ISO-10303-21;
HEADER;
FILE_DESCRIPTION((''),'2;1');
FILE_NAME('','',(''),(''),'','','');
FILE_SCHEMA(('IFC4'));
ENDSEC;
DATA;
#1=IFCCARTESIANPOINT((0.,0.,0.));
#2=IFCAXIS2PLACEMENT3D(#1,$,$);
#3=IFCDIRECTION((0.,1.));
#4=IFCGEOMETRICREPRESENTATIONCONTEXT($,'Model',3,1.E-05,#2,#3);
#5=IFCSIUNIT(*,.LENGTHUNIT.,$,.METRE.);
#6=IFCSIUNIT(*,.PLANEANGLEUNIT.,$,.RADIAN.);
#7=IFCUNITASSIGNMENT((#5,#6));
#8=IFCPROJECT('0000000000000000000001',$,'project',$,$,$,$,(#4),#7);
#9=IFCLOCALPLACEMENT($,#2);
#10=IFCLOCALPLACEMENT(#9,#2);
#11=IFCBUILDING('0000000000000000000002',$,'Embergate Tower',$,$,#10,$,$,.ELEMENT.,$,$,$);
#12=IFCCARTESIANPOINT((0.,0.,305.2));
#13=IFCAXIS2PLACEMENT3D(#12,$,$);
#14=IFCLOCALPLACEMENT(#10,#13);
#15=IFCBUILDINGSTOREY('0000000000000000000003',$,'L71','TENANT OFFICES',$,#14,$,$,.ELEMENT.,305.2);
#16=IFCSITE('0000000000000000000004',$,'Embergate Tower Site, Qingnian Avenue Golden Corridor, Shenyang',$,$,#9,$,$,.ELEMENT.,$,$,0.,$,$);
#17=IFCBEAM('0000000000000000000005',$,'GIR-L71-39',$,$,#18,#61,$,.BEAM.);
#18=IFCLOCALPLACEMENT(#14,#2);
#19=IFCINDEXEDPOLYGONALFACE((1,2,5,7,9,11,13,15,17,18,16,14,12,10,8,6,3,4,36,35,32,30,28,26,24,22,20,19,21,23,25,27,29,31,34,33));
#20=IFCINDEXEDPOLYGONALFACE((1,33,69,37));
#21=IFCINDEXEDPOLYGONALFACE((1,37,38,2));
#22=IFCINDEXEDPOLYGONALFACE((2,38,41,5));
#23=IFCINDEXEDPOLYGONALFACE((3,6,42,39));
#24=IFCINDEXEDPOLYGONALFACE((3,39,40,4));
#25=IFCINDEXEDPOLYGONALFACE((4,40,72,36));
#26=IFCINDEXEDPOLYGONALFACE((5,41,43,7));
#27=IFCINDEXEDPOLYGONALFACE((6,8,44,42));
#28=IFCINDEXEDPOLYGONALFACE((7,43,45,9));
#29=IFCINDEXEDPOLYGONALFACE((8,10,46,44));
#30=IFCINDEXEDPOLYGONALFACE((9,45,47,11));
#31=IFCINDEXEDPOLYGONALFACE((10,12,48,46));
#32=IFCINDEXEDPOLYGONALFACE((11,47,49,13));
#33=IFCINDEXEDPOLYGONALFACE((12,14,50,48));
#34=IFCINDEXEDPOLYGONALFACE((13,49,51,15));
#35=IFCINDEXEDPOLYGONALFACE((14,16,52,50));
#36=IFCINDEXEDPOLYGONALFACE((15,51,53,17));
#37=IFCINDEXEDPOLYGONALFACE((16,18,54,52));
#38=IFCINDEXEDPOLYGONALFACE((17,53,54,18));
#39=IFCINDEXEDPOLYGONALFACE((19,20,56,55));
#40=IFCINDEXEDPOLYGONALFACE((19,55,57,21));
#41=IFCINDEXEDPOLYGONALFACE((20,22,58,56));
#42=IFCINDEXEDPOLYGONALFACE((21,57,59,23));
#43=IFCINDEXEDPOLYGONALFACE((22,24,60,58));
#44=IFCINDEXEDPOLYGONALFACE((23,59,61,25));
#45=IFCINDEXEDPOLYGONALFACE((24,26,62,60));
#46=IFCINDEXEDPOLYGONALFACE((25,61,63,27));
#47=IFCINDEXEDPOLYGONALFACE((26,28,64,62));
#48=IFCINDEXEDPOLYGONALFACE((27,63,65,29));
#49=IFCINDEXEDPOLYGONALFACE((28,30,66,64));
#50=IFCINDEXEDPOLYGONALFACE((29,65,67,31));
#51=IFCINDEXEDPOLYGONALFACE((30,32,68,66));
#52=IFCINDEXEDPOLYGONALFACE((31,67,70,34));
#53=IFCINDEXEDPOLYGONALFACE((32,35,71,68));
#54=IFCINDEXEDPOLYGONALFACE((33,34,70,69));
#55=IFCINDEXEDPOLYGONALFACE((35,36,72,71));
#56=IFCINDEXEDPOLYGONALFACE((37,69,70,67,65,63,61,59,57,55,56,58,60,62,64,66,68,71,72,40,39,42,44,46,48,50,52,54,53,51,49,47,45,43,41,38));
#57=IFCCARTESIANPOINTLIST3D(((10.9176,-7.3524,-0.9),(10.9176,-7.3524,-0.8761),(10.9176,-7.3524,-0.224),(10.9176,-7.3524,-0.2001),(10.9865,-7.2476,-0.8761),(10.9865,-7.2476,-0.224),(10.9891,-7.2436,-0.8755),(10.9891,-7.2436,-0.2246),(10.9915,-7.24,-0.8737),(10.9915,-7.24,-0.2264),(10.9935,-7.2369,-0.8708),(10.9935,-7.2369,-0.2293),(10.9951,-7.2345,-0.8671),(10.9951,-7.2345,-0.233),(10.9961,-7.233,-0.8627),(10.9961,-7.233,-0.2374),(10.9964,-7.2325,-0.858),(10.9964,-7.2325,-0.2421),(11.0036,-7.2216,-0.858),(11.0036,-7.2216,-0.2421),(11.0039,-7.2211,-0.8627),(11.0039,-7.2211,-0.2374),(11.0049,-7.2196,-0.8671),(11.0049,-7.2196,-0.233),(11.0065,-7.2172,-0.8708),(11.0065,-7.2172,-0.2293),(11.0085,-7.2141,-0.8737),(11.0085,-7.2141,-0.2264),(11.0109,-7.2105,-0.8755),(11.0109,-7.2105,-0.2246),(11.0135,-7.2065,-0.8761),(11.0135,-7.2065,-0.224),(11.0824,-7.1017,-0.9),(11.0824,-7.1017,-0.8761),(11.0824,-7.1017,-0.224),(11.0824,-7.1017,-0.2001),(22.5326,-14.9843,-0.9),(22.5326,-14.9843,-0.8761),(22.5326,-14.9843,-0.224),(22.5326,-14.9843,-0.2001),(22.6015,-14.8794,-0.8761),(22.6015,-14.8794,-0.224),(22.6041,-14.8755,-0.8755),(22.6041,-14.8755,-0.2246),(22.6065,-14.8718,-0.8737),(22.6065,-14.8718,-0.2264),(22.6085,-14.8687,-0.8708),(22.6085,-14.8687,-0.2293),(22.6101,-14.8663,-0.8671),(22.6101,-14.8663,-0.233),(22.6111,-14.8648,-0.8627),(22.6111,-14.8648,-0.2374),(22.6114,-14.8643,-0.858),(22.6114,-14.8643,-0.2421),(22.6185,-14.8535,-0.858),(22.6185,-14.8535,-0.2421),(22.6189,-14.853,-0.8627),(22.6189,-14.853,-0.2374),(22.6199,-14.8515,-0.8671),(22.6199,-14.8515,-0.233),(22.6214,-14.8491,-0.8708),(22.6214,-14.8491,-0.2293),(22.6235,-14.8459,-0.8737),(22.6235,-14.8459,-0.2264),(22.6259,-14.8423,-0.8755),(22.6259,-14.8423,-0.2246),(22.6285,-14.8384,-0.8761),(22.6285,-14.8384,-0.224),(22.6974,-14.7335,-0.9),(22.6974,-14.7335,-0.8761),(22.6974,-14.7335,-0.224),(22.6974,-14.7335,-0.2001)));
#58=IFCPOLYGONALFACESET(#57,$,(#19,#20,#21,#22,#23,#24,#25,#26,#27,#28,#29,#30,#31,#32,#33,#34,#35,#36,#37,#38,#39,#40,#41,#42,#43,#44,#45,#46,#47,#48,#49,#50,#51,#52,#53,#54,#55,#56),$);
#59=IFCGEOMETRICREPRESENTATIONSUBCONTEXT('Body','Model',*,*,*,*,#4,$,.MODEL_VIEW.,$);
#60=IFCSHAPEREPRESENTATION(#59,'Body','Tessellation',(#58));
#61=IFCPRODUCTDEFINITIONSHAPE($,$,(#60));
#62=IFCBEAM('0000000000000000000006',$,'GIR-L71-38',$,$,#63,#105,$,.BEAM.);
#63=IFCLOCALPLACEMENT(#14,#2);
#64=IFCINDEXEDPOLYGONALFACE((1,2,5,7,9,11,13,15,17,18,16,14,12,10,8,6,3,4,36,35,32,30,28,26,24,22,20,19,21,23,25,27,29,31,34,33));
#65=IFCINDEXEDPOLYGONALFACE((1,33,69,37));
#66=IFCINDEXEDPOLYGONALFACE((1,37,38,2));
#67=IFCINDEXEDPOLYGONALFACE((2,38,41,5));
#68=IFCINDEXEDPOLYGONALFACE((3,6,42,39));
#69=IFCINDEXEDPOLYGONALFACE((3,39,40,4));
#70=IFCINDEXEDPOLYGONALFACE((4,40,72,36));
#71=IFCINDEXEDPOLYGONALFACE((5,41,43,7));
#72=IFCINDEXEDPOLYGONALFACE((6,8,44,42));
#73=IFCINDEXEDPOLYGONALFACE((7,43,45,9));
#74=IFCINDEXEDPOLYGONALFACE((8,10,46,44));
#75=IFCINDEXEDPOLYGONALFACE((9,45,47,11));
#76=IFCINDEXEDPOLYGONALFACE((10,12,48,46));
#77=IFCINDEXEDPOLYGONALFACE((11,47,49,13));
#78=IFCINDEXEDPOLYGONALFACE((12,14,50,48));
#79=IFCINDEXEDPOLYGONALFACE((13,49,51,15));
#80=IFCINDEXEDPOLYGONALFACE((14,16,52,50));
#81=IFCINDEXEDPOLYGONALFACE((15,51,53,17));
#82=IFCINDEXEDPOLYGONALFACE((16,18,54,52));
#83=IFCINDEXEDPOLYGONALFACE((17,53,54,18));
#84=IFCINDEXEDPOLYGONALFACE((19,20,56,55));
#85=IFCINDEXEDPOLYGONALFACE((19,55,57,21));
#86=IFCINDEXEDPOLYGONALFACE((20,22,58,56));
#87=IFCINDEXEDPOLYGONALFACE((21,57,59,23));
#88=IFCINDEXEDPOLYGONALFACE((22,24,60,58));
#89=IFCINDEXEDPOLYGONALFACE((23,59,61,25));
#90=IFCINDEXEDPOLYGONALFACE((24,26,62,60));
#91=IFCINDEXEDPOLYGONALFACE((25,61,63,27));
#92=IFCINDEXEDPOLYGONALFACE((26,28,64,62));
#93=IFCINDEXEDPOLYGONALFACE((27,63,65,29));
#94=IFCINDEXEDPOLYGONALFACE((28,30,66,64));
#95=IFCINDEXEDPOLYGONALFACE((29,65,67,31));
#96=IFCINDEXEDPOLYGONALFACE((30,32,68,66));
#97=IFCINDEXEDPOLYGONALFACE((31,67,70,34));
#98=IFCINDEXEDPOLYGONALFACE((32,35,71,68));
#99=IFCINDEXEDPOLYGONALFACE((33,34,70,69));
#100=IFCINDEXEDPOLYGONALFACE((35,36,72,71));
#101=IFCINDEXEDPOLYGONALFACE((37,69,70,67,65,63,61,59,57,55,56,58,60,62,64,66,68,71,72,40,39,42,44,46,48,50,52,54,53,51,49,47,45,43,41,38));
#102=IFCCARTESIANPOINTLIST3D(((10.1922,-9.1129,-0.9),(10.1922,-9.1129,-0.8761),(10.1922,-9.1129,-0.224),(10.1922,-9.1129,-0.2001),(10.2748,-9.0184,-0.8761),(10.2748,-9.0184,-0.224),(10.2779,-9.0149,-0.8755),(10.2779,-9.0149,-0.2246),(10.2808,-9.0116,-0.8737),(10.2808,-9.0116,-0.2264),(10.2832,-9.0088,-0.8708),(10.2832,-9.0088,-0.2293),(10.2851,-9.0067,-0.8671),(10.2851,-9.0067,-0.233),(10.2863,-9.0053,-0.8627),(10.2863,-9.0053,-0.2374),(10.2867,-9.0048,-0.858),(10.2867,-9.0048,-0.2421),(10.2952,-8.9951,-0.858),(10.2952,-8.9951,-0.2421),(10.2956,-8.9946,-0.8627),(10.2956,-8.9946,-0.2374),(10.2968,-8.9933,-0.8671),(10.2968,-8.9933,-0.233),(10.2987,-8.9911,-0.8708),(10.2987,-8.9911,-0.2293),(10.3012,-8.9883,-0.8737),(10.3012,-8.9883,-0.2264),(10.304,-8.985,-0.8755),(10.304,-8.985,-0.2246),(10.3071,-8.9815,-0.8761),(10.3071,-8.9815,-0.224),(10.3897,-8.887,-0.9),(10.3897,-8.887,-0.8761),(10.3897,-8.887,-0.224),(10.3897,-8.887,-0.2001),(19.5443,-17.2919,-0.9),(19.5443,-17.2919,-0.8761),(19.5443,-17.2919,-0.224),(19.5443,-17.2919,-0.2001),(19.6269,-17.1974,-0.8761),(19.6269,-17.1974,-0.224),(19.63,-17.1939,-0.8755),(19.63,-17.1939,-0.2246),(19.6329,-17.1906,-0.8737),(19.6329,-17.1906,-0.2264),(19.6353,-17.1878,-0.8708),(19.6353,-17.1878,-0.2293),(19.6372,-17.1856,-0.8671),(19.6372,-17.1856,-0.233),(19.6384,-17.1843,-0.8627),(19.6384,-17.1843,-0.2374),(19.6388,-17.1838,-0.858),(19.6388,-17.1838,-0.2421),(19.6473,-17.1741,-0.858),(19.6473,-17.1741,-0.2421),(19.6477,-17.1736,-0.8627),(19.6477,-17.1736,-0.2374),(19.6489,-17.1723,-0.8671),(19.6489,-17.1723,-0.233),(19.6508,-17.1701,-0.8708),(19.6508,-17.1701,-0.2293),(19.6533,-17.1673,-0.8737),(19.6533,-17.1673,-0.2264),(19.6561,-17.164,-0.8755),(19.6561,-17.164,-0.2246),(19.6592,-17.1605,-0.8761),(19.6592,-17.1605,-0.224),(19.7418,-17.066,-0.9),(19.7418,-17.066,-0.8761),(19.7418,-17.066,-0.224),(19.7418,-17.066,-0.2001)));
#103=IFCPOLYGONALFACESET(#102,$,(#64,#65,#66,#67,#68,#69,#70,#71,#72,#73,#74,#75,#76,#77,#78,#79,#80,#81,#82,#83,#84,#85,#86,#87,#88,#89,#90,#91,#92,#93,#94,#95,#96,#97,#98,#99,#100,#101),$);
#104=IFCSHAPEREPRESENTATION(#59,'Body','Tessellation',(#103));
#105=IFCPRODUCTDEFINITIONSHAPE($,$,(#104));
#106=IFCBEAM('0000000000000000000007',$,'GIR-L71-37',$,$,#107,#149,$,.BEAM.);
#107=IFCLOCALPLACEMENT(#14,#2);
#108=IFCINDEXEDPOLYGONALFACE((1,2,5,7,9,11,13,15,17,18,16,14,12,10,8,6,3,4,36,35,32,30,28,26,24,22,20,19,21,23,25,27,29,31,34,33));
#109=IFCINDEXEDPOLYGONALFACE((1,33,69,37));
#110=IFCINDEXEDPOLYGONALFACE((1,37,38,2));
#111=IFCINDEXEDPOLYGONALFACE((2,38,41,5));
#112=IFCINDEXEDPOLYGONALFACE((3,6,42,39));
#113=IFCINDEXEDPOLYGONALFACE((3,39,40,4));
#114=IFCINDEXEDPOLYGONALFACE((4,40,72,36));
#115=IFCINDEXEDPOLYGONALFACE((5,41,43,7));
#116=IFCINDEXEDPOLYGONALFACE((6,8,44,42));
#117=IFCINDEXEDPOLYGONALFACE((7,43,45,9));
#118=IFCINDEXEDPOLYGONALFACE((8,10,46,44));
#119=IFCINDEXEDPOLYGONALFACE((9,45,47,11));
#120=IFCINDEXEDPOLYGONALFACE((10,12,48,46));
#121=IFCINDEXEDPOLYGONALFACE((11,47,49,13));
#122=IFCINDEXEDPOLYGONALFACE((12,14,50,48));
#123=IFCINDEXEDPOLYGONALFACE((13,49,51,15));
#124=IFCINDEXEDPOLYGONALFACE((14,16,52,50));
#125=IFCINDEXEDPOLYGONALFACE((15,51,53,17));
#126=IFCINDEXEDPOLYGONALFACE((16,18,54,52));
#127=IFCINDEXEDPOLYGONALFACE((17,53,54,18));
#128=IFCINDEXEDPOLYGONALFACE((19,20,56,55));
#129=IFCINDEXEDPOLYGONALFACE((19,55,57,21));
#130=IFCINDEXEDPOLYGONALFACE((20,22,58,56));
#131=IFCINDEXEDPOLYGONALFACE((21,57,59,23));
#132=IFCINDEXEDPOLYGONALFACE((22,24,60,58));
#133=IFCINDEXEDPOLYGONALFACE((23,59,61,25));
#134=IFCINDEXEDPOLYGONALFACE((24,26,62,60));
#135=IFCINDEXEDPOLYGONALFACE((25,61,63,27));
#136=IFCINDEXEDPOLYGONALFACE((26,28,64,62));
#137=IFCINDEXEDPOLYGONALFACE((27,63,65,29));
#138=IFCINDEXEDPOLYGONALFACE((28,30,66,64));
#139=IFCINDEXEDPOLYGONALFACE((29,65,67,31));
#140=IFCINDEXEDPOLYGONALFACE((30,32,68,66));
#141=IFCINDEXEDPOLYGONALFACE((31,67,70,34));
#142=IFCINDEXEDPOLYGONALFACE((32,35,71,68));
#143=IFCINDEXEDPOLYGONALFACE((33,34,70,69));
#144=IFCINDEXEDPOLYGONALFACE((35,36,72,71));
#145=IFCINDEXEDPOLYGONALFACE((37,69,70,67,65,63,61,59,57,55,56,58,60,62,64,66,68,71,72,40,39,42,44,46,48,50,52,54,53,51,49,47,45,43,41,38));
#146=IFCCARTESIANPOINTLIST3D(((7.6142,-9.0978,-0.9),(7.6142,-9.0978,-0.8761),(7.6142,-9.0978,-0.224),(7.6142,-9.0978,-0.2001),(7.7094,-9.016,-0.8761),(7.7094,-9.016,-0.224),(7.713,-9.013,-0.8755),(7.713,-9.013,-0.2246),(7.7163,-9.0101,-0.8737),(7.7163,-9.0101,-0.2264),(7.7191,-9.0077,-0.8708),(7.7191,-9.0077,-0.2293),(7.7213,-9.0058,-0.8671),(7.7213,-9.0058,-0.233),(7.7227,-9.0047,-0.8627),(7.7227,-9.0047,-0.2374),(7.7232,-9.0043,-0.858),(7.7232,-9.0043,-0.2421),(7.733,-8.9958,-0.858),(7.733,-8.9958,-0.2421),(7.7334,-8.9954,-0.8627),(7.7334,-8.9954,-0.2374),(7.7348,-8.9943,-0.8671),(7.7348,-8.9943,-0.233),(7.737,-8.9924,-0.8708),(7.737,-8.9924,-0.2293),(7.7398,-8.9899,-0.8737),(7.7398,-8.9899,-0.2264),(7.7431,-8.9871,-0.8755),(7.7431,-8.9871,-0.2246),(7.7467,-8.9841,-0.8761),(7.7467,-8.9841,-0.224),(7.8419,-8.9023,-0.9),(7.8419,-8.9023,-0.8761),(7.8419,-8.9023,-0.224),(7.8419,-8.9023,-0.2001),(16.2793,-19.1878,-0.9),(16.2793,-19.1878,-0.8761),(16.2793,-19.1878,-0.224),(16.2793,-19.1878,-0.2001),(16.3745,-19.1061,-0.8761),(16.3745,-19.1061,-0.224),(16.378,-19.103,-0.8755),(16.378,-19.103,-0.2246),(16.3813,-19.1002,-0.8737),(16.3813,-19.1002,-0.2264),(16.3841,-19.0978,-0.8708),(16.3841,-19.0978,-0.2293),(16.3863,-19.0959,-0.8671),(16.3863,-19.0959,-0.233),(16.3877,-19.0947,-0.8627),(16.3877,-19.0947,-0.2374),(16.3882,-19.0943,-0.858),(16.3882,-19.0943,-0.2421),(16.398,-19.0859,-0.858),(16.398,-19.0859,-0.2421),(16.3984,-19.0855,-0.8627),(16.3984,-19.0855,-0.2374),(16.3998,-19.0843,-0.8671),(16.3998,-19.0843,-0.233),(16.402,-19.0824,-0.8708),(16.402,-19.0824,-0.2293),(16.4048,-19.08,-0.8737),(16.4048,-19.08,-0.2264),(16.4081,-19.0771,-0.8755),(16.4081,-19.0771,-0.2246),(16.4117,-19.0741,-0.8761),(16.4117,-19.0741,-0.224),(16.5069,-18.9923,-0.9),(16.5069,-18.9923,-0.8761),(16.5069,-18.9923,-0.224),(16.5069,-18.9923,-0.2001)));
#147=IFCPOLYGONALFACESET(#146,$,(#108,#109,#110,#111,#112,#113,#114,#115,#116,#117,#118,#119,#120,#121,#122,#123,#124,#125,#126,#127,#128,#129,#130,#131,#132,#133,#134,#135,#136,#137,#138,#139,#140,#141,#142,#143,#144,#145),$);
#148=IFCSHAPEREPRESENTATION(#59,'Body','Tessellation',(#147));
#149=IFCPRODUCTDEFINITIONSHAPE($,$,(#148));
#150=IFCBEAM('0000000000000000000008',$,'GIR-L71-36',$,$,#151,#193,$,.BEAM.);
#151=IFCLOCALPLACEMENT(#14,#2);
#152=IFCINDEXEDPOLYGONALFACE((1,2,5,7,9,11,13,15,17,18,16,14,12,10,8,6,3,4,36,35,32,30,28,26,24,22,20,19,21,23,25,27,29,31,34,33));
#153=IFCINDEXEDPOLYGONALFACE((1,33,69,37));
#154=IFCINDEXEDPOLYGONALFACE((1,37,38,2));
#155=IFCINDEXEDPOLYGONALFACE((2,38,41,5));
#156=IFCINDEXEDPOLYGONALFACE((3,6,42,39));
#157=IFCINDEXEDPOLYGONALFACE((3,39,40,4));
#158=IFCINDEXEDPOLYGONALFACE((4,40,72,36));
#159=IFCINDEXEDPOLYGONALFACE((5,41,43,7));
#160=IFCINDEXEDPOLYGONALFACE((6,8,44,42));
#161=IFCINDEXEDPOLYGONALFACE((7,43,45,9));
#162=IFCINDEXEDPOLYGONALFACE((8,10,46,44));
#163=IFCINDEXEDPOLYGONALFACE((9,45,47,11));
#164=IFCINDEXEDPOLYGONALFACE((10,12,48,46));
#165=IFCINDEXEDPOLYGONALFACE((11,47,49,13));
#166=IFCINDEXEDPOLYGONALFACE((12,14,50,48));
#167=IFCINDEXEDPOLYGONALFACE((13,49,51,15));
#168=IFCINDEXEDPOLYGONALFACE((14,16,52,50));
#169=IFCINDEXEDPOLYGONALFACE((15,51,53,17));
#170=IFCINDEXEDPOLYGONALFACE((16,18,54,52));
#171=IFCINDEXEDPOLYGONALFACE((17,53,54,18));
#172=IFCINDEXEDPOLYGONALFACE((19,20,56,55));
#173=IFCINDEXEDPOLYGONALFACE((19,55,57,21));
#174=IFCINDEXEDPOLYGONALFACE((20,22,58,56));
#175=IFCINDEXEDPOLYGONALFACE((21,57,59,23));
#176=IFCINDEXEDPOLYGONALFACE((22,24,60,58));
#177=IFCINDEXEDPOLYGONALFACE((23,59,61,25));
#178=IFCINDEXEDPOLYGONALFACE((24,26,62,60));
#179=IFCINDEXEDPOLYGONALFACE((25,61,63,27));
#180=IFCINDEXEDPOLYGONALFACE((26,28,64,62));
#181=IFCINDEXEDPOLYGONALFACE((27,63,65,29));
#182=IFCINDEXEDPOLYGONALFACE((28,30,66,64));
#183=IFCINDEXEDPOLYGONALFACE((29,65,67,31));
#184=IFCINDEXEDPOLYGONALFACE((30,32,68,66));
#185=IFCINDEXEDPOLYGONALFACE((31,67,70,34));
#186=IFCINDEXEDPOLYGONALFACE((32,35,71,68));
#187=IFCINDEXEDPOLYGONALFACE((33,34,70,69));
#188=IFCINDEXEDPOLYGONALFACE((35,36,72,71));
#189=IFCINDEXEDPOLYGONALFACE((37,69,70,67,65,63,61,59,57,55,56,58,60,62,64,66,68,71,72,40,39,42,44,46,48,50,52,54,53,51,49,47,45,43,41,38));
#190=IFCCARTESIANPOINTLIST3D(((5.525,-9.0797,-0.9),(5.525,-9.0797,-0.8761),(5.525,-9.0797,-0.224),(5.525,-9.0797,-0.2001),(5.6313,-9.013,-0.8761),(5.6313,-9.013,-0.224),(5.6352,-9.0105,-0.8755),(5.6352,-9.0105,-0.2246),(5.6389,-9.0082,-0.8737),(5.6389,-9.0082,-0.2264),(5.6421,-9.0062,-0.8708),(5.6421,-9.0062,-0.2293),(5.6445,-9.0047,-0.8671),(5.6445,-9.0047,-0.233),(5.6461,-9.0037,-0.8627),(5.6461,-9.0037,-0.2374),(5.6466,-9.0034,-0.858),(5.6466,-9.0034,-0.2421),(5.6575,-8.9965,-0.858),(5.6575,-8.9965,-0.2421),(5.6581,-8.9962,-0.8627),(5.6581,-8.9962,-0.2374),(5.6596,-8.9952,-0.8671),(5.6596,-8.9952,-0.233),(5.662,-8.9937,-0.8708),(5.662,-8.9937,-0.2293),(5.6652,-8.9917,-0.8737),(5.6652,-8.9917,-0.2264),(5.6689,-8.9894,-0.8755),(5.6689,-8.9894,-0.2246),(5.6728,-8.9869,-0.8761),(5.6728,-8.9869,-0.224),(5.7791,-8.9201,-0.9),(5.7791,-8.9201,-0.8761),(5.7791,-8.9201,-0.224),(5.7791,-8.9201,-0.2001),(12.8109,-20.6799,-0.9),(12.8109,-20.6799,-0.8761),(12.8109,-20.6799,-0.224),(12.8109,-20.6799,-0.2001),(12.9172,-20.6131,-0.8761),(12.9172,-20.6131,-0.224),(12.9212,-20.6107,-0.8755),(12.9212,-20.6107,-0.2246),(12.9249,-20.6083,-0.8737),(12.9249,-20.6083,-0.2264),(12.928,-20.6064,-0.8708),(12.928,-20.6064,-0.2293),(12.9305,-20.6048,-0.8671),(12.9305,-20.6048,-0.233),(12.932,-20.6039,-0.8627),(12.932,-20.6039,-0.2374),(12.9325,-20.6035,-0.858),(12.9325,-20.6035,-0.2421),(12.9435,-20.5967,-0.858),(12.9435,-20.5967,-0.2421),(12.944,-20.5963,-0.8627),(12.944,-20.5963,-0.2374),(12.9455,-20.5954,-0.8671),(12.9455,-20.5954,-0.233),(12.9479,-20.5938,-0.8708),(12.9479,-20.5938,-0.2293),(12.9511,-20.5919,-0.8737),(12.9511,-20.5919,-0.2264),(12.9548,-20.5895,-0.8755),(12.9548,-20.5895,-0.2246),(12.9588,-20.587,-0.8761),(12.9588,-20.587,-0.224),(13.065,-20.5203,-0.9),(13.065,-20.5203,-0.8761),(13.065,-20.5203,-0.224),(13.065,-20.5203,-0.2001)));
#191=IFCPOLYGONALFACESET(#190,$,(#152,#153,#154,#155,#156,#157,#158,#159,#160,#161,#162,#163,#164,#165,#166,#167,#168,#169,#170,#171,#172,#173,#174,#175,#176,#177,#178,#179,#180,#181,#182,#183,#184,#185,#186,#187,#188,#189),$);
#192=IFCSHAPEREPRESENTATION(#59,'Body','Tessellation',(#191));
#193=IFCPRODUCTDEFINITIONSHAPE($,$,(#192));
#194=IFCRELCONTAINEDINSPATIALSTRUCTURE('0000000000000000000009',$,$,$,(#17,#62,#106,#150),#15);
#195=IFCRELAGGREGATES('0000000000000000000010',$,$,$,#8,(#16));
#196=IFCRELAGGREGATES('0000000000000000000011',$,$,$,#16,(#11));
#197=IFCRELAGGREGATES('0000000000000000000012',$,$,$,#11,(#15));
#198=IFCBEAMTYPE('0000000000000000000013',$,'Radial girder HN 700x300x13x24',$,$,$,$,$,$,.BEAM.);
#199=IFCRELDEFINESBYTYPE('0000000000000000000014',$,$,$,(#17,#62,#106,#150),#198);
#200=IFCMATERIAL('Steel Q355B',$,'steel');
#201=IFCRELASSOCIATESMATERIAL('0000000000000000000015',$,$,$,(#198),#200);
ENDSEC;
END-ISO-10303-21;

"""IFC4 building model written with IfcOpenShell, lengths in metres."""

from ifc_helpers import new_model, si_unit, direction, frame, origin, origin_2d, place, context, subcontext, project, spatial, i_section, extrude, source, transform, mapped, material, material_profile, profile_set, type_object, element, save


model = new_model("IFC4")

# Units and contexts
model_context = context("Model", 3, precision=1e-05, world=origin(), true_north=direction((0.0, 1.0)))
body_context = subcontext(model_context, "Body", "Model", "MODEL_VIEW")
ifc_project = project(units=[si_unit("LENGTHUNIT", "METRE"), si_unit("PLANEANGLEUNIT", "RADIAN")], contexts=[model_context])

# Site, building, storey
site_placement = place(None, origin())
site = spatial("IfcSite", under=ifc_project, at=site_placement, Name="Embergate Tower Site, Qingnian Avenue Golden Corridor, Shenyang", CompositionType="ELEMENT", RefElevation=0.0)
building_placement = place(site_placement, origin())
building = spatial("IfcBuilding", under=site, at=building_placement, Name="Embergate Tower", CompositionType="ELEMENT")
storey_placement = place(building_placement, frame((0.0, 0.0, 305.2)))
storey = spatial("IfcBuildingStorey", under=building, at=storey_placement, Name="L71", Description="TENANT OFFICES", CompositionType="ELEMENT", Elevation=305.2)

# Beams
ifc_material_1 = material(Name="Steel Q355B", Category="steel")
ifc_material_profile_1 = material_profile(ifc_material_1, i_section(OverallWidth=0.3, OverallDepth=0.7, WebThickness=0.0129, FlangeThickness=0.0239, FilletRadius=0.0181, at=origin_2d()), Name="HN 700x300x13x24")
ifc_profile_set_1 = profile_set([ifc_material_profile_1], Name="Steel Q355 grade B")
beam_type_1 = type_object("IfcBeamType", Name="Radial girder HN 700x300x13x24", PredefinedType="BEAM", material=ifc_profile_set_1)
shared_shape_1 = source(origin(), body_context, "Body", "SweptSolid", [
    extrude(i_section(OverallWidth=0.3, OverallDepth=0.7, WebThickness=0.0129, FlangeThickness=0.0239, FilletRadius=0.0181, at=origin_2d()), origin(), (0.0, 0.0, 1.0), 13.8979),
])
beam_1_placement = place(storey_placement, frame((22.615, -14.8589, -0.55), z_axis=(-0.835734, 0.549134, 0.0), x_axis=(-0.549134, -0.835734, 0.0)))
element("IfcBeam", 1, at=beam_1_placement, inside=storey, type_object=beam_type_1, Name="GIR-L71-39", PredefinedType="BEAM", context=body_context, shape_type="MappedRepresentation", body=[
    mapped(shared_shape_1, transform((0.0, 0.0, 0.0))),
])
shared_shape_2 = source(origin(), body_context, "Body", "SweptSolid", [
    extrude(i_section(OverallWidth=0.3, OverallDepth=0.7, WebThickness=0.0129, FlangeThickness=0.0239, FilletRadius=0.0181, at=origin_2d()), origin(), (0.0, 0.0, 1.0), 12.4241),
])
beam_2_placement = place(storey_placement, frame((19.6431, -17.179, -0.55), z_axis=(-0.75274, 0.658318, 0.0), x_axis=(-0.658318, -0.75274, 0.0)))
element("IfcBeam", 2, at=beam_2_placement, inside=storey, type_object=beam_type_1, Name="GIR-L71-38", PredefinedType="BEAM", context=body_context, shape_type="MappedRepresentation", body=[
    mapped(shared_shape_2, transform((0.0, 0.0, 0.0))),
])
shared_shape_3 = source(origin(), body_context, "Body", "SweptSolid", [
    extrude(i_section(OverallWidth=0.3, OverallDepth=0.7, WebThickness=0.0129, FlangeThickness=0.0239, FilletRadius=0.0181, at=origin_2d()), origin(), (0.0, 0.0, 1.0), 13.3),
])
beam_3_placement = place(storey_placement, frame((16.3931, -19.0901, -0.55), z_axis=(-0.651502, 0.758647, 0.0), x_axis=(-0.758647, -0.651502, 0.0)))
element("IfcBeam", 3, at=beam_3_placement, inside=storey, type_object=beam_type_1, Name="GIR-L71-37", PredefinedType="BEAM", context=body_context, shape_type="MappedRepresentation", body=[
    mapped(shared_shape_3, transform((0.0, 0.0, 0.0))),
])
shared_shape_4 = source(origin(), body_context, "Body", "SweptSolid", [
    extrude(i_section(OverallWidth=0.3, OverallDepth=0.7, WebThickness=0.0129, FlangeThickness=0.0239, FilletRadius=0.0181, at=origin_2d()), origin(), (0.0, 0.0, 1.0), 13.6985),
])
beam_4_placement = place(storey_placement, frame((12.938, -20.6001, -0.55), z_axis=(-0.531878, 0.846821, 0.0), x_axis=(-0.846821, -0.531878, 0.0)))
element("IfcBeam", 4, at=beam_4_placement, inside=storey, type_object=beam_type_1, Name="GIR-L71-36", PredefinedType="BEAM", context=body_context, shape_type="MappedRepresentation", body=[
    mapped(shared_shape_4, transform((0.0, 0.0, 0.0))),
])

save(model, "model.ifc")
